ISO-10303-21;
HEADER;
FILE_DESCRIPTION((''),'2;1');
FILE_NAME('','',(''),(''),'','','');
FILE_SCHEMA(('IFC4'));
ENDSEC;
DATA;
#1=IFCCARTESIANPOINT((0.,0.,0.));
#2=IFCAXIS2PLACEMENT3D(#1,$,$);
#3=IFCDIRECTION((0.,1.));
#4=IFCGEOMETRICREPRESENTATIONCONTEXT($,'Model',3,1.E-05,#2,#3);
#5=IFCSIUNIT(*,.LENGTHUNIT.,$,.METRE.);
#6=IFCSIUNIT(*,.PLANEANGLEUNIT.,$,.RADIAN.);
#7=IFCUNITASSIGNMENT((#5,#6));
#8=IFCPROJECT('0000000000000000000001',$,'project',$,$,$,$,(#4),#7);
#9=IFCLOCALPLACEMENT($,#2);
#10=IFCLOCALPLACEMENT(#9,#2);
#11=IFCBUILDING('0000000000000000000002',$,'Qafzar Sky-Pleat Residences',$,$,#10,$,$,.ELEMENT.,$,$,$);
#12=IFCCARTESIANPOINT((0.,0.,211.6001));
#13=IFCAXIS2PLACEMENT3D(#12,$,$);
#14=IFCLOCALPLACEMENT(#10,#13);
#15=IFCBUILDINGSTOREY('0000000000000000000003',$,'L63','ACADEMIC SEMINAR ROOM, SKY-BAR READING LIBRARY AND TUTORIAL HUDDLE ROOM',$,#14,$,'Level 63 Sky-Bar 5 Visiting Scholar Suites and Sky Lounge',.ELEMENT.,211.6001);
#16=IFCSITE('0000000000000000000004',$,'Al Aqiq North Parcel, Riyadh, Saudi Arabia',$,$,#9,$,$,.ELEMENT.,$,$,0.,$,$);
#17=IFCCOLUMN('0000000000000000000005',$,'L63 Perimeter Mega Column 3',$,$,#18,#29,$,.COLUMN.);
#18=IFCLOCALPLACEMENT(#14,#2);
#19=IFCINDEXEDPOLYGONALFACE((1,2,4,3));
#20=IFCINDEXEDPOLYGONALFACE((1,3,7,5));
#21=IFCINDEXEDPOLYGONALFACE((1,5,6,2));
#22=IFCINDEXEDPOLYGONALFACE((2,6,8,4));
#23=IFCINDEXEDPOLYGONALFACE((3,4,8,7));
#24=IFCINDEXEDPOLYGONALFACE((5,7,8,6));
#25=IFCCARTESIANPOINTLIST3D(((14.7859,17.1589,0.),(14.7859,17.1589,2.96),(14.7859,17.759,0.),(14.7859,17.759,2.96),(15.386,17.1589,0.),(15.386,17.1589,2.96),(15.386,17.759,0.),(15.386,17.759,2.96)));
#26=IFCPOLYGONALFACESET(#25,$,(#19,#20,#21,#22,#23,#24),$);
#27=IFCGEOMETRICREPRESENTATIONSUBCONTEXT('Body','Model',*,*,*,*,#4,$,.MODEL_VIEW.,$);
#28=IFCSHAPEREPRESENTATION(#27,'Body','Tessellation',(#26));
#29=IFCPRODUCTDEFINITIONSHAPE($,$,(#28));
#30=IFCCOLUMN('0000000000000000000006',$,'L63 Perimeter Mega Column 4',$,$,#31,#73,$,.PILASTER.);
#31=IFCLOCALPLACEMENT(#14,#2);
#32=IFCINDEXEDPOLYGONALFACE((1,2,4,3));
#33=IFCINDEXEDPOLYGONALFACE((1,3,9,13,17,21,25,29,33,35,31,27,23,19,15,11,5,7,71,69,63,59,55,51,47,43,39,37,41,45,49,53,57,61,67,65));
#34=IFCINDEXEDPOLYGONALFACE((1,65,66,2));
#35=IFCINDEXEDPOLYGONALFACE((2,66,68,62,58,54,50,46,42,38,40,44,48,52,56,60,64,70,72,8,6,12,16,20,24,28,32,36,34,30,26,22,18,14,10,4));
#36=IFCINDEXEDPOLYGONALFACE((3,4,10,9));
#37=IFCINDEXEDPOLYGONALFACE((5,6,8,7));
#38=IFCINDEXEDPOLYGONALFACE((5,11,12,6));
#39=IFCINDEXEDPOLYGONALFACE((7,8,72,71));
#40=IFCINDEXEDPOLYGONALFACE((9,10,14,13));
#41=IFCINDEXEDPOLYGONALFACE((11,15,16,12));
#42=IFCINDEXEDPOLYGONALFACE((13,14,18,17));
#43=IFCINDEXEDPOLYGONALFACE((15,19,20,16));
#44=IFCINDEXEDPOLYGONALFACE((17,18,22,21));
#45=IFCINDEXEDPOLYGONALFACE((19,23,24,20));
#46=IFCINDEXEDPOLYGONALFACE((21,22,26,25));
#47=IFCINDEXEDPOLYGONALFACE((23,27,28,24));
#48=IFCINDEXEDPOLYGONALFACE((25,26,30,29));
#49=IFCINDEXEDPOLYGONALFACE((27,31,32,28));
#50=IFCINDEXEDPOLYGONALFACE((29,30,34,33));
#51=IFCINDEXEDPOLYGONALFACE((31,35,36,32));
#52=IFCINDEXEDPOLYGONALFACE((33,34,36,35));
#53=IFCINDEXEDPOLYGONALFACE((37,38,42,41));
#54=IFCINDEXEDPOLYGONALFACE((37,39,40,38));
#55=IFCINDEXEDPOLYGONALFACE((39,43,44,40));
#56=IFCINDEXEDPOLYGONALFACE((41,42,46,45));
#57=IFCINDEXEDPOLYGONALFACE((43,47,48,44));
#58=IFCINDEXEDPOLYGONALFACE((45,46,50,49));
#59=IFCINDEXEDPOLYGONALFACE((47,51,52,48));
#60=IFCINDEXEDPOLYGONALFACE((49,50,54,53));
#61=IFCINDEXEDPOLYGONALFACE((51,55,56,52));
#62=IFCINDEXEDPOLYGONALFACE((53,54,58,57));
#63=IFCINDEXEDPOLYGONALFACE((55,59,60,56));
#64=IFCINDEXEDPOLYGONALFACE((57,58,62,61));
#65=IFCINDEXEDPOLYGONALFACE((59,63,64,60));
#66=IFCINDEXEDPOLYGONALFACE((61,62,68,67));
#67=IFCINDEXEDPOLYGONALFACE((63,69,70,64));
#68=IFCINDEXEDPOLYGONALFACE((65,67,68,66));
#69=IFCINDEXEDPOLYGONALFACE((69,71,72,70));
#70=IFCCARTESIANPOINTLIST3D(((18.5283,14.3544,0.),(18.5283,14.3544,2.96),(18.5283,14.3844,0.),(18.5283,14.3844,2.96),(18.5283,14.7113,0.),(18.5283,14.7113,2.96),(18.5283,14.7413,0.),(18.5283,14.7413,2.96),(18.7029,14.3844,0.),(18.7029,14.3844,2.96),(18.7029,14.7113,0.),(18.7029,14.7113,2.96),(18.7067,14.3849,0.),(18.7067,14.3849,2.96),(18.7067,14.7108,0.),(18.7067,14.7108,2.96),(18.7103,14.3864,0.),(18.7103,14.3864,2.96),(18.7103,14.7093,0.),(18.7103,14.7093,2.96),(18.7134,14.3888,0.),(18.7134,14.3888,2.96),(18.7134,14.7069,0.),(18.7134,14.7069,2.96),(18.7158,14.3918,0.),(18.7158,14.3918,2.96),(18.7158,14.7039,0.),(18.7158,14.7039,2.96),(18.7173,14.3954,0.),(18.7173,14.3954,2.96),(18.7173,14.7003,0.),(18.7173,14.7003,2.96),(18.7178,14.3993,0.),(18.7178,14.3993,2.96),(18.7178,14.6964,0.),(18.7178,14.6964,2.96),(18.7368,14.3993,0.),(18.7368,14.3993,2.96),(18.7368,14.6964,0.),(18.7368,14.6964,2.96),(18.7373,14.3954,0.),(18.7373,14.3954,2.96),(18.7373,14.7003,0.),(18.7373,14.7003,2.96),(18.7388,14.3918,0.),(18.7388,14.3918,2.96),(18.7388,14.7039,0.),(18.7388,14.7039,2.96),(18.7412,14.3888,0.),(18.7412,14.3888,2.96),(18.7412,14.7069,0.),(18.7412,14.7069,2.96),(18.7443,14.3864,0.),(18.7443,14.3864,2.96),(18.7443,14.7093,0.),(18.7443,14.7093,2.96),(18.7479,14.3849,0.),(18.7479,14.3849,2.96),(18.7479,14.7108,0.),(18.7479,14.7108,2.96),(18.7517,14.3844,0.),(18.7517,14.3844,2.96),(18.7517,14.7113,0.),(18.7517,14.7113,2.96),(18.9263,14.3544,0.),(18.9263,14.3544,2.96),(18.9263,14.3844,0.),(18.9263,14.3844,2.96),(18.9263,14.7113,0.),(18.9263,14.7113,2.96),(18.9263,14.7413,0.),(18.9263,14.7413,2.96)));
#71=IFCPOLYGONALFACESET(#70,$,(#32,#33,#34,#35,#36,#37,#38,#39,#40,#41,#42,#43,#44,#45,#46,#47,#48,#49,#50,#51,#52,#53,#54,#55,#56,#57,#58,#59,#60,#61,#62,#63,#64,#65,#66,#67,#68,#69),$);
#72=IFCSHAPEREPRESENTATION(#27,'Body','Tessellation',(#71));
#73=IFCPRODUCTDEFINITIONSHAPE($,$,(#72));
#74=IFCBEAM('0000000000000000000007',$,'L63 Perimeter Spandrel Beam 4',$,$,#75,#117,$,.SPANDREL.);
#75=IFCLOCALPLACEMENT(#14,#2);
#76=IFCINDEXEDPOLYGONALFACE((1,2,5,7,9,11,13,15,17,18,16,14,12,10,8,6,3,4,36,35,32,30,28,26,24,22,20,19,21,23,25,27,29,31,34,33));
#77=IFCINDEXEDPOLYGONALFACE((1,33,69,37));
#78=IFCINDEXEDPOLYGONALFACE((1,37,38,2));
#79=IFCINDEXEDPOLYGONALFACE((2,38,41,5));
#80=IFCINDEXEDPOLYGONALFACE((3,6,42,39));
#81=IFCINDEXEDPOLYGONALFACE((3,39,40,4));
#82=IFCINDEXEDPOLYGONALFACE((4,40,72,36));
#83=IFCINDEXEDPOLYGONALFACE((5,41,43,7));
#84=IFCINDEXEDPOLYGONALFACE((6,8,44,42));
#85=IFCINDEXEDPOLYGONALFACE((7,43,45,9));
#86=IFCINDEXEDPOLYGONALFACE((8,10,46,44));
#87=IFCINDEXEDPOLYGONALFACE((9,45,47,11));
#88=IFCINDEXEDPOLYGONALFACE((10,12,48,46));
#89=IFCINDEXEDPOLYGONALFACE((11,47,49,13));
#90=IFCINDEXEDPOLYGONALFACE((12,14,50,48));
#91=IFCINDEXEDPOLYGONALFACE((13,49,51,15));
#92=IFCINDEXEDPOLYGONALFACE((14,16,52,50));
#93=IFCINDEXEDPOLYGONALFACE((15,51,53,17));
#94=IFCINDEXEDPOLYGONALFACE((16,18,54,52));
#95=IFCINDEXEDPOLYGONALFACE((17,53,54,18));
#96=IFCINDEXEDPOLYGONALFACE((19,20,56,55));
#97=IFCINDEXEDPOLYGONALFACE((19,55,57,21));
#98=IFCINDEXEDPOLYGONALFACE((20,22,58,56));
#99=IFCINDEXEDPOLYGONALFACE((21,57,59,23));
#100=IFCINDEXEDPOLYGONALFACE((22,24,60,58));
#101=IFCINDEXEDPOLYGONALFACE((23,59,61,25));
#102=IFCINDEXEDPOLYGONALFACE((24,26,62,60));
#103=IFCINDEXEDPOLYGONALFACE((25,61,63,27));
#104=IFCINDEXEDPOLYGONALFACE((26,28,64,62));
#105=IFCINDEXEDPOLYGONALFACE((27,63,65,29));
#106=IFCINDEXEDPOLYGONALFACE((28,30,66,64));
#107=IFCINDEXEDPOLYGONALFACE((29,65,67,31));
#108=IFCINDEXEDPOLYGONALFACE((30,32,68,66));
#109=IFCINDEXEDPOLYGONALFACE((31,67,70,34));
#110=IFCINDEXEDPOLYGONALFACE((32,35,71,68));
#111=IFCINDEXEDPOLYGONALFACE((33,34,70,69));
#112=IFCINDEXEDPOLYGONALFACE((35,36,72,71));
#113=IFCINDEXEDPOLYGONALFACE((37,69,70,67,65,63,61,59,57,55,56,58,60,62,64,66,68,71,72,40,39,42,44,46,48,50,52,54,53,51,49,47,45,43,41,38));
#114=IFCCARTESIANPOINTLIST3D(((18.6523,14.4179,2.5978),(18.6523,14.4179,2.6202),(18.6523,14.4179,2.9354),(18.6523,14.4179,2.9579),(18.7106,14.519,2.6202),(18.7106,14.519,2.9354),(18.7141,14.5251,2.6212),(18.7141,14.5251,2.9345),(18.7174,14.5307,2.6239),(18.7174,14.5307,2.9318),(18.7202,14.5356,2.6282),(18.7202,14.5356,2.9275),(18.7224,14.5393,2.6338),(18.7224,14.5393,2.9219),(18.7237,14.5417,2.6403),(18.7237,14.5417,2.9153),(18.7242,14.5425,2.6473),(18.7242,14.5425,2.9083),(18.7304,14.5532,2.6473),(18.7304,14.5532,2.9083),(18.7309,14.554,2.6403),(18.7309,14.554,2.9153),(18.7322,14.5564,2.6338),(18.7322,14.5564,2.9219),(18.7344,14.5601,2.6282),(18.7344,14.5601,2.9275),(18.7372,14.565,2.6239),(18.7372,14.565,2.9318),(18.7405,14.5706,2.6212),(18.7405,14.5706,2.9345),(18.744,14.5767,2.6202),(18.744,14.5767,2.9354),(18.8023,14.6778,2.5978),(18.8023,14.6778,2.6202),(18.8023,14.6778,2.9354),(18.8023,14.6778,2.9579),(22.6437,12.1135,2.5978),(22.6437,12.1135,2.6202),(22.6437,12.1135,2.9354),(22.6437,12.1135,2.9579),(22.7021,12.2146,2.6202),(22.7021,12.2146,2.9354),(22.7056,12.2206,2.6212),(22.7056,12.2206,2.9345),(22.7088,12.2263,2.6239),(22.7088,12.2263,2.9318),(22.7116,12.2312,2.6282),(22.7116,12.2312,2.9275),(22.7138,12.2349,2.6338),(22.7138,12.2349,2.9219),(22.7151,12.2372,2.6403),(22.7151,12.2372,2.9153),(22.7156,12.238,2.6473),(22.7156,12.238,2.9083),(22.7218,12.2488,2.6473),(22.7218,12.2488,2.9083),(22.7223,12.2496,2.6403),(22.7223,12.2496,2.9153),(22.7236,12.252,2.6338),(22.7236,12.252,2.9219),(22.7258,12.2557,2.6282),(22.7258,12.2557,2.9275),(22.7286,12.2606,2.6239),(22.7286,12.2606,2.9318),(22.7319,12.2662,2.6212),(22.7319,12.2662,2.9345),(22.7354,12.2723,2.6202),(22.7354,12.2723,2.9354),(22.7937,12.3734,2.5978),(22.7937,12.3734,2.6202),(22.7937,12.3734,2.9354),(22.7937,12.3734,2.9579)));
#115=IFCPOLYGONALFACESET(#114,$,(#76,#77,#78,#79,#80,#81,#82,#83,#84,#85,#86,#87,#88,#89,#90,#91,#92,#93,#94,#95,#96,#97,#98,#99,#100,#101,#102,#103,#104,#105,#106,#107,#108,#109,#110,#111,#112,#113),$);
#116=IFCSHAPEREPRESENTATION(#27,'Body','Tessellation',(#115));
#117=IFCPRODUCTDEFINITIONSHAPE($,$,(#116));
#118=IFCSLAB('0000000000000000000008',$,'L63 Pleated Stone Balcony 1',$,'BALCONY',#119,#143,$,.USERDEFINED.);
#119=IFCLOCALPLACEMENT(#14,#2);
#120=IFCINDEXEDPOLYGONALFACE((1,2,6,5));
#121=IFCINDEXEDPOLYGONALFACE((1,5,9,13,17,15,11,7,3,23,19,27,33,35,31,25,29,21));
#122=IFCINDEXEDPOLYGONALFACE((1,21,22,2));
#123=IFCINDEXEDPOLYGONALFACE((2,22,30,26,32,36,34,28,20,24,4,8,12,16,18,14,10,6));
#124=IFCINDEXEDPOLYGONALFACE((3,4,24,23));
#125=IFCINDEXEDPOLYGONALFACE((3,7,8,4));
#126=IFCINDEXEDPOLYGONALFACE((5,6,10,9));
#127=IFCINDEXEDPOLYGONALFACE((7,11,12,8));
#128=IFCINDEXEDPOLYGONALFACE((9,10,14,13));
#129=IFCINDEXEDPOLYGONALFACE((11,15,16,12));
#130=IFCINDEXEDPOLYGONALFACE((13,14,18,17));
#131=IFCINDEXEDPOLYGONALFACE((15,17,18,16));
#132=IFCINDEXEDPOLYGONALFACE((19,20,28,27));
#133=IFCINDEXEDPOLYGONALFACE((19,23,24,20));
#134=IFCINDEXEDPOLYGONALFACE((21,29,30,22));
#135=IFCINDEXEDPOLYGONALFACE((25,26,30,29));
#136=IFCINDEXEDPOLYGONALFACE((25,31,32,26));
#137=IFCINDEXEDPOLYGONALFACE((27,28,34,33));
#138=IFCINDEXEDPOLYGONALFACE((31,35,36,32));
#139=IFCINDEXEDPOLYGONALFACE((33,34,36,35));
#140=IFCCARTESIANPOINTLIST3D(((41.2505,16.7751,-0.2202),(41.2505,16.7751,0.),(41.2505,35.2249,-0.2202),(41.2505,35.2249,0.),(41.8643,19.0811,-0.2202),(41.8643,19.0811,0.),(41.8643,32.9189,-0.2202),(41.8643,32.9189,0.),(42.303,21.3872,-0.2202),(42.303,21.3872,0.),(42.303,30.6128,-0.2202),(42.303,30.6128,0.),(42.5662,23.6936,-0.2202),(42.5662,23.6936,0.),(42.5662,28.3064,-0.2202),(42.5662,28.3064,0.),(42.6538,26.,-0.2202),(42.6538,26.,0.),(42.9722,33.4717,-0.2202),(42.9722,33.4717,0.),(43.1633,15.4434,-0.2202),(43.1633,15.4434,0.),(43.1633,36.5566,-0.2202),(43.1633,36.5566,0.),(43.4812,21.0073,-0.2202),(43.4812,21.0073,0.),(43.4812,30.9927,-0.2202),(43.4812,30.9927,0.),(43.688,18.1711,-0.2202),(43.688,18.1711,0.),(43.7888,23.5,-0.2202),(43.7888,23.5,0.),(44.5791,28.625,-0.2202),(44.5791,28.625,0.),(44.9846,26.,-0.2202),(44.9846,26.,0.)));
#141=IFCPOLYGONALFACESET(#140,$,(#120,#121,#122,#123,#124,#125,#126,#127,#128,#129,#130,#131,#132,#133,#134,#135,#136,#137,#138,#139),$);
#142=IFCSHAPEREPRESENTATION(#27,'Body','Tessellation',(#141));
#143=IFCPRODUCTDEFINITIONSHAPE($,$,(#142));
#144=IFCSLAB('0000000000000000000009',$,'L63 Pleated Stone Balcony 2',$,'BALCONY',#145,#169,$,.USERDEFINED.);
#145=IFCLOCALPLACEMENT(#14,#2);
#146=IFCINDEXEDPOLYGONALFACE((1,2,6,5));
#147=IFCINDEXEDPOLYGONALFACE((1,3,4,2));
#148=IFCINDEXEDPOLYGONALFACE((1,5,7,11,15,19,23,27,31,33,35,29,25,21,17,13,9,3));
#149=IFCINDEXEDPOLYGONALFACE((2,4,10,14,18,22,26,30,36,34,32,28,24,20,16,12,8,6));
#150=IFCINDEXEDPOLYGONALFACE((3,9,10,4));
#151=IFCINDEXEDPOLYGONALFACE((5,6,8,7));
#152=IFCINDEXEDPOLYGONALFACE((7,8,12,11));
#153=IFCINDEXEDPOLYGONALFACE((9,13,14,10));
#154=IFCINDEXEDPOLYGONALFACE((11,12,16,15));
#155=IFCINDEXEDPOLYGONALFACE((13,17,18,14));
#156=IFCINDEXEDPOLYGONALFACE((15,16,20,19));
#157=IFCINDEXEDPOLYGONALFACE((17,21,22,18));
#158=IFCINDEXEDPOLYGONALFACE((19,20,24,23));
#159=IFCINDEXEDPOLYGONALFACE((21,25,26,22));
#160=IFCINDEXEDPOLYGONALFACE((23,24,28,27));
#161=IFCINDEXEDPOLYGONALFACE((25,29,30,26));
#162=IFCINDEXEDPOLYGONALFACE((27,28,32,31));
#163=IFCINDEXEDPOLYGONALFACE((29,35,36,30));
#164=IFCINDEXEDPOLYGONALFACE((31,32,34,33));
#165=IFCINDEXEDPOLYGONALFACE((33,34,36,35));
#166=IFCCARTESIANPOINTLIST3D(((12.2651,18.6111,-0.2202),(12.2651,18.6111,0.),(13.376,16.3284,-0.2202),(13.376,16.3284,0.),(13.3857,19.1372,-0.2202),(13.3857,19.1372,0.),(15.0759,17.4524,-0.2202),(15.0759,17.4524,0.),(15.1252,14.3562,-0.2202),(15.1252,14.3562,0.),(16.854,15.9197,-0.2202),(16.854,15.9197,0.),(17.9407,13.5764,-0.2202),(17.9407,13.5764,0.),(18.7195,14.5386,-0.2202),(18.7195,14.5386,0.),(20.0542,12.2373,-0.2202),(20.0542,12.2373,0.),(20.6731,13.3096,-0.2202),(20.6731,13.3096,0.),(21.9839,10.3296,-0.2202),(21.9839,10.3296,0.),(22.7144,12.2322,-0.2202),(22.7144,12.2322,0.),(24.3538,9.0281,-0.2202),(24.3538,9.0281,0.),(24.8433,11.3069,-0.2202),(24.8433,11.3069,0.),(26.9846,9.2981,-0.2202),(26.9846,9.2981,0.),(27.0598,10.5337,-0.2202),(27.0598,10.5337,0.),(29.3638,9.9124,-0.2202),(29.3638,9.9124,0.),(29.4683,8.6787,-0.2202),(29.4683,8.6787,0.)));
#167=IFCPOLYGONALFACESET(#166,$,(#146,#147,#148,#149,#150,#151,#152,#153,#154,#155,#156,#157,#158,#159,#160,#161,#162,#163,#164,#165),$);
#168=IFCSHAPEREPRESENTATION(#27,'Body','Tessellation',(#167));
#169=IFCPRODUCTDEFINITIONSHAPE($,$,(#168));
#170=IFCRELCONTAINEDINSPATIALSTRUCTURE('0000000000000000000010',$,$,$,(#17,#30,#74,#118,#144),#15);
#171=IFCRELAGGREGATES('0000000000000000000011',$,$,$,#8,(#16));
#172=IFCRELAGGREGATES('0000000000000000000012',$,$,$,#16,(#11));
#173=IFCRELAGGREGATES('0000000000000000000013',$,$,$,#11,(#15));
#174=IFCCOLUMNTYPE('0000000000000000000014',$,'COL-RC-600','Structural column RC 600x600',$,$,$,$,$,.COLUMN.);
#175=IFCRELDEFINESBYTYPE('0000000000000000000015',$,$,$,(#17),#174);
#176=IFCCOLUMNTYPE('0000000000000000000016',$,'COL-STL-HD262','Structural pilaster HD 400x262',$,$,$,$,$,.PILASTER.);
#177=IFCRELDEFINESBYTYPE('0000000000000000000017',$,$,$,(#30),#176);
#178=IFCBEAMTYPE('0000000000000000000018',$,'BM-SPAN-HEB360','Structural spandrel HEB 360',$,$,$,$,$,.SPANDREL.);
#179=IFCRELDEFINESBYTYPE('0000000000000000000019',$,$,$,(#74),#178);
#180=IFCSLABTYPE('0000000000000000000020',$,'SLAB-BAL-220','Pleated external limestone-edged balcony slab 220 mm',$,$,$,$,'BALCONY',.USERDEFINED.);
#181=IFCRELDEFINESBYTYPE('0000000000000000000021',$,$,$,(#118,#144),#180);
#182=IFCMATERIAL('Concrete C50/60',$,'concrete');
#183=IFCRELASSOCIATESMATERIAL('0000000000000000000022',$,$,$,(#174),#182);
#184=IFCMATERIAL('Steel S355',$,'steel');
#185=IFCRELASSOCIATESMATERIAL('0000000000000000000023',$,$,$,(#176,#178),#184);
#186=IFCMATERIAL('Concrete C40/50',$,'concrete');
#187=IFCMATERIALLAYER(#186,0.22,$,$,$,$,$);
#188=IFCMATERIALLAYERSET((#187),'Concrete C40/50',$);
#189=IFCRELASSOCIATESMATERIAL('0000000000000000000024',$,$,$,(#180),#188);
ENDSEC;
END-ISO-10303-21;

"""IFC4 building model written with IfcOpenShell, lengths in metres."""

from ifc_helpers import new_model, si_unit, direction, frame, origin, origin_2d, place, context, subcontext, project, spatial, polyline, rectangle, i_section, outline, extrude, source, transform, mapped, material, layer, layer_set, material_profile, profile_set, type_object, element, save


model = new_model("IFC4")

# Units and contexts
model_context = context("Model", 3, precision=1e-05, world=origin(), true_north=direction((0.0, 1.0)))
body_context = subcontext(model_context, "Body", "Model", "MODEL_VIEW")
ifc_project = project(units=[si_unit("LENGTHUNIT", "METRE"), si_unit("PLANEANGLEUNIT", "RADIAN")], contexts=[model_context])

# Site, building, storey
site_placement = place(None, origin())
site = spatial("IfcSite", under=ifc_project, at=site_placement, Name="Al Aqiq North Parcel, Riyadh, Saudi Arabia", CompositionType="ELEMENT", RefElevation=0.0)
building_placement = place(site_placement, origin())
building = spatial("IfcBuilding", under=site, at=building_placement, Name="Qafzar Sky-Pleat Residences", CompositionType="ELEMENT")
storey_placement = place(building_placement, frame((0.0, 0.0, 211.6001)))
storey = spatial("IfcBuildingStorey", under=building, at=storey_placement, Name="L63", Description="ACADEMIC SEMINAR ROOM, SKY-BAR READING LIBRARY AND TUTORIAL HUDDLE ROOM", LongName="Level 63 Sky-Bar 5 Visiting Scholar Suites and Sky Lounge", CompositionType="ELEMENT", Elevation=211.6001)

# Columns
ifc_material_1 = material(Name="Concrete C50/60", Category="concrete")
ifc_material_profile_1 = material_profile(ifc_material_1, rectangle(XDim=0.6001, YDim=0.6001, at=origin_2d()), Name="RC 600x600")
ifc_profile_set_1 = profile_set([ifc_material_profile_1], Name="Concrete C50/60")
column_type_1 = type_object("IfcColumnType", Name="COL-RC-600", Description="Structural column RC 600x600", PredefinedType="COLUMN", material=ifc_profile_set_1)
shared_shape_1 = source(origin(), body_context, "Body", "SweptSolid", [
    extrude(rectangle(XDim=0.6001, YDim=0.6001, at=origin_2d()), origin(), (0.0, 0.0, 1.0), 2.96),
])
column_1_placement = place(storey_placement, frame((15.0859, 17.459, 0.0), z_axis=(0.0, 0.0, 1.0), x_axis=(1.0, 0.0, 0.0)))
element("IfcColumn", 1, at=column_1_placement, inside=storey, type_object=column_type_1, Name="L63 Perimeter Mega Column 3", PredefinedType="COLUMN", context=body_context, shape_type="MappedRepresentation", body=[
    mapped(shared_shape_1, transform((0.0, 0.0, 0.0), x_axis=(1.0, 0.0, 0.0), y_axis=(0.0, 1.0, 0.0), z_axis=(0.0, 0.0, 1.0), scale=1.0)),
])
ifc_material_2 = material(Name="Steel S355", Category="steel")
ifc_material_profile_2 = material_profile(ifc_material_2, i_section(OverallWidth=0.3979, OverallDepth=0.387, WebThickness=0.019, FlangeThickness=0.03, FilletRadius=0.0149, at=origin_2d()), Name="HD 400x262")
ifc_profile_set_2 = profile_set([ifc_material_profile_2], Name="Steel S355")
column_type_2 = type_object("IfcColumnType", Name="COL-STL-HD262", Description="Structural pilaster HD 400x262", PredefinedType="PILASTER", material=ifc_profile_set_2)
shared_shape_2 = source(origin(), body_context, "Body", "SweptSolid", [
    extrude(i_section(OverallWidth=0.3979, OverallDepth=0.387, WebThickness=0.019, FlangeThickness=0.03, FilletRadius=0.0149, at=origin_2d()), origin(), (0.0, 0.0, 1.0), 2.96),
])
column_2_placement = place(storey_placement, frame((18.7273, 14.5479, 0.0), z_axis=(0.0, 0.0, 1.0), x_axis=(1.0, 0.0, 0.0)))
element("IfcColumn", 2, at=column_2_placement, inside=storey, type_object=column_type_2, Name="L63 Perimeter Mega Column 4", PredefinedType="PILASTER", context=body_context, shape_type="MappedRepresentation", body=[
    mapped(shared_shape_2, transform((0.0, 0.0, 0.0), x_axis=(1.0, 0.0, 0.0), y_axis=(0.0, 1.0, 0.0), z_axis=(0.0, 0.0, 1.0), scale=1.0)),
])

# Beam
ifc_material_profile_3 = material_profile(ifc_material_2, i_section(OverallWidth=0.3, OverallDepth=0.3601, WebThickness=0.0125, FlangeThickness=0.0225, FilletRadius=0.0271, at=origin_2d()), Name="HEB 360")
ifc_profile_set_3 = profile_set([ifc_material_profile_3], Name="Steel S355")
beam_type = type_object("IfcBeamType", Name="BM-SPAN-HEB360", Description="Structural spandrel HEB 360", PredefinedType="SPANDREL", material=ifc_profile_set_3)
shared_shape_3 = source(origin(), body_context, "Body", "SweptSolid", [
    extrude(i_section(OverallWidth=0.3, OverallDepth=0.3601, WebThickness=0.0125, FlangeThickness=0.0225, FilletRadius=0.0271, at=origin_2d()), origin(), (0.0, 0.0, 1.0), 4.6089),
])
beam_placement = place(storey_placement, frame((18.7273, 14.5479, 2.7778), z_axis=(0.866028, -0.499996, 0.0), x_axis=(0.499996, 0.866028, 0.0)))
element("IfcBeam", 3, at=beam_placement, inside=storey, type_object=beam_type, Name="L63 Perimeter Spandrel Beam 4", PredefinedType="SPANDREL", context=body_context, shape_type="MappedRepresentation", body=[
    mapped(shared_shape_3, transform((0.0, 0.0, 0.0), x_axis=(1.0, 0.0, 0.0), y_axis=(0.0, 1.0, 0.0), z_axis=(0.0, 0.0, 1.0), scale=1.0)),
])

# Slabs
ifc_material_3 = material(Name="Concrete C40/50", Category="concrete")
ifc_layer_1 = layer(ifc_material_3, 0.22)
ifc_layer_set_1 = layer_set([ifc_layer_1], Name="Concrete C40/50")
slab_type_1 = type_object("IfcSlabType", Name="SLAB-BAL-220", Description="Pleated external limestone-edged balcony slab 220 mm", ElementType="BALCONY", PredefinedType="USERDEFINED", material=ifc_layer_set_1)
slab_1_placement = place(storey_placement, frame((0.0, 0.0, -0.2202)))
element("IfcSlab", 4, at=slab_1_placement, inside=storey, type_object=slab_type_1, Name="L63 Pleated Stone Balcony 1", ObjectType="BALCONY", PredefinedType="USERDEFINED", context=body_context, shape_type="SweptSolid", body=[
    extrude(outline(polyline([(41.8643, 19.0811), (42.303, 21.3872), (42.5662, 23.6936), (42.6538, 26.0), (42.5662, 28.3064), (42.303, 30.6128), (41.8643, 32.9189), (41.2505, 35.2249), (43.1633, 36.5566), (42.9722, 33.4717), (43.4812, 30.9927), (44.5791, 28.625), (44.9846, 26.0), (43.7888, 23.5), (43.4812, 21.0073), (43.688, 18.1711), (43.1633, 15.4434), (41.2505, 16.7751), (41.8643, 19.0811)])), origin(), (0.0, 0.0, 1.0), 0.2202),
])
slab_2_placement = place(storey_placement, frame((0.0, 0.0, -0.2202)))
element("IfcSlab", 5, at=slab_2_placement, inside=storey, type_object=slab_type_1, Name="L63 Pleated Stone Balcony 2", ObjectType="BALCONY", PredefinedType="USERDEFINED", context=body_context, shape_type="SweptSolid", body=[
    extrude(outline(polyline([(15.0759, 17.4524), (16.854, 15.9197), (18.7195, 14.5386), (20.6731, 13.3096), (22.7144, 12.2322), (24.8433, 11.3069), (27.0598, 10.5337), (29.3638, 9.9124), (29.4683, 8.6787), (26.9846, 9.2981), (24.3538, 9.0281), (21.9839, 10.3296), (20.0542, 12.2373), (17.9407, 13.5764), (15.1252, 14.3562), (13.376, 16.3284), (12.2651, 18.6111), (13.3857, 19.1372), (15.0759, 17.4524)])), origin(), (0.0, 0.0, 1.0), 0.2202),
])

save(model, "model.ifc")
